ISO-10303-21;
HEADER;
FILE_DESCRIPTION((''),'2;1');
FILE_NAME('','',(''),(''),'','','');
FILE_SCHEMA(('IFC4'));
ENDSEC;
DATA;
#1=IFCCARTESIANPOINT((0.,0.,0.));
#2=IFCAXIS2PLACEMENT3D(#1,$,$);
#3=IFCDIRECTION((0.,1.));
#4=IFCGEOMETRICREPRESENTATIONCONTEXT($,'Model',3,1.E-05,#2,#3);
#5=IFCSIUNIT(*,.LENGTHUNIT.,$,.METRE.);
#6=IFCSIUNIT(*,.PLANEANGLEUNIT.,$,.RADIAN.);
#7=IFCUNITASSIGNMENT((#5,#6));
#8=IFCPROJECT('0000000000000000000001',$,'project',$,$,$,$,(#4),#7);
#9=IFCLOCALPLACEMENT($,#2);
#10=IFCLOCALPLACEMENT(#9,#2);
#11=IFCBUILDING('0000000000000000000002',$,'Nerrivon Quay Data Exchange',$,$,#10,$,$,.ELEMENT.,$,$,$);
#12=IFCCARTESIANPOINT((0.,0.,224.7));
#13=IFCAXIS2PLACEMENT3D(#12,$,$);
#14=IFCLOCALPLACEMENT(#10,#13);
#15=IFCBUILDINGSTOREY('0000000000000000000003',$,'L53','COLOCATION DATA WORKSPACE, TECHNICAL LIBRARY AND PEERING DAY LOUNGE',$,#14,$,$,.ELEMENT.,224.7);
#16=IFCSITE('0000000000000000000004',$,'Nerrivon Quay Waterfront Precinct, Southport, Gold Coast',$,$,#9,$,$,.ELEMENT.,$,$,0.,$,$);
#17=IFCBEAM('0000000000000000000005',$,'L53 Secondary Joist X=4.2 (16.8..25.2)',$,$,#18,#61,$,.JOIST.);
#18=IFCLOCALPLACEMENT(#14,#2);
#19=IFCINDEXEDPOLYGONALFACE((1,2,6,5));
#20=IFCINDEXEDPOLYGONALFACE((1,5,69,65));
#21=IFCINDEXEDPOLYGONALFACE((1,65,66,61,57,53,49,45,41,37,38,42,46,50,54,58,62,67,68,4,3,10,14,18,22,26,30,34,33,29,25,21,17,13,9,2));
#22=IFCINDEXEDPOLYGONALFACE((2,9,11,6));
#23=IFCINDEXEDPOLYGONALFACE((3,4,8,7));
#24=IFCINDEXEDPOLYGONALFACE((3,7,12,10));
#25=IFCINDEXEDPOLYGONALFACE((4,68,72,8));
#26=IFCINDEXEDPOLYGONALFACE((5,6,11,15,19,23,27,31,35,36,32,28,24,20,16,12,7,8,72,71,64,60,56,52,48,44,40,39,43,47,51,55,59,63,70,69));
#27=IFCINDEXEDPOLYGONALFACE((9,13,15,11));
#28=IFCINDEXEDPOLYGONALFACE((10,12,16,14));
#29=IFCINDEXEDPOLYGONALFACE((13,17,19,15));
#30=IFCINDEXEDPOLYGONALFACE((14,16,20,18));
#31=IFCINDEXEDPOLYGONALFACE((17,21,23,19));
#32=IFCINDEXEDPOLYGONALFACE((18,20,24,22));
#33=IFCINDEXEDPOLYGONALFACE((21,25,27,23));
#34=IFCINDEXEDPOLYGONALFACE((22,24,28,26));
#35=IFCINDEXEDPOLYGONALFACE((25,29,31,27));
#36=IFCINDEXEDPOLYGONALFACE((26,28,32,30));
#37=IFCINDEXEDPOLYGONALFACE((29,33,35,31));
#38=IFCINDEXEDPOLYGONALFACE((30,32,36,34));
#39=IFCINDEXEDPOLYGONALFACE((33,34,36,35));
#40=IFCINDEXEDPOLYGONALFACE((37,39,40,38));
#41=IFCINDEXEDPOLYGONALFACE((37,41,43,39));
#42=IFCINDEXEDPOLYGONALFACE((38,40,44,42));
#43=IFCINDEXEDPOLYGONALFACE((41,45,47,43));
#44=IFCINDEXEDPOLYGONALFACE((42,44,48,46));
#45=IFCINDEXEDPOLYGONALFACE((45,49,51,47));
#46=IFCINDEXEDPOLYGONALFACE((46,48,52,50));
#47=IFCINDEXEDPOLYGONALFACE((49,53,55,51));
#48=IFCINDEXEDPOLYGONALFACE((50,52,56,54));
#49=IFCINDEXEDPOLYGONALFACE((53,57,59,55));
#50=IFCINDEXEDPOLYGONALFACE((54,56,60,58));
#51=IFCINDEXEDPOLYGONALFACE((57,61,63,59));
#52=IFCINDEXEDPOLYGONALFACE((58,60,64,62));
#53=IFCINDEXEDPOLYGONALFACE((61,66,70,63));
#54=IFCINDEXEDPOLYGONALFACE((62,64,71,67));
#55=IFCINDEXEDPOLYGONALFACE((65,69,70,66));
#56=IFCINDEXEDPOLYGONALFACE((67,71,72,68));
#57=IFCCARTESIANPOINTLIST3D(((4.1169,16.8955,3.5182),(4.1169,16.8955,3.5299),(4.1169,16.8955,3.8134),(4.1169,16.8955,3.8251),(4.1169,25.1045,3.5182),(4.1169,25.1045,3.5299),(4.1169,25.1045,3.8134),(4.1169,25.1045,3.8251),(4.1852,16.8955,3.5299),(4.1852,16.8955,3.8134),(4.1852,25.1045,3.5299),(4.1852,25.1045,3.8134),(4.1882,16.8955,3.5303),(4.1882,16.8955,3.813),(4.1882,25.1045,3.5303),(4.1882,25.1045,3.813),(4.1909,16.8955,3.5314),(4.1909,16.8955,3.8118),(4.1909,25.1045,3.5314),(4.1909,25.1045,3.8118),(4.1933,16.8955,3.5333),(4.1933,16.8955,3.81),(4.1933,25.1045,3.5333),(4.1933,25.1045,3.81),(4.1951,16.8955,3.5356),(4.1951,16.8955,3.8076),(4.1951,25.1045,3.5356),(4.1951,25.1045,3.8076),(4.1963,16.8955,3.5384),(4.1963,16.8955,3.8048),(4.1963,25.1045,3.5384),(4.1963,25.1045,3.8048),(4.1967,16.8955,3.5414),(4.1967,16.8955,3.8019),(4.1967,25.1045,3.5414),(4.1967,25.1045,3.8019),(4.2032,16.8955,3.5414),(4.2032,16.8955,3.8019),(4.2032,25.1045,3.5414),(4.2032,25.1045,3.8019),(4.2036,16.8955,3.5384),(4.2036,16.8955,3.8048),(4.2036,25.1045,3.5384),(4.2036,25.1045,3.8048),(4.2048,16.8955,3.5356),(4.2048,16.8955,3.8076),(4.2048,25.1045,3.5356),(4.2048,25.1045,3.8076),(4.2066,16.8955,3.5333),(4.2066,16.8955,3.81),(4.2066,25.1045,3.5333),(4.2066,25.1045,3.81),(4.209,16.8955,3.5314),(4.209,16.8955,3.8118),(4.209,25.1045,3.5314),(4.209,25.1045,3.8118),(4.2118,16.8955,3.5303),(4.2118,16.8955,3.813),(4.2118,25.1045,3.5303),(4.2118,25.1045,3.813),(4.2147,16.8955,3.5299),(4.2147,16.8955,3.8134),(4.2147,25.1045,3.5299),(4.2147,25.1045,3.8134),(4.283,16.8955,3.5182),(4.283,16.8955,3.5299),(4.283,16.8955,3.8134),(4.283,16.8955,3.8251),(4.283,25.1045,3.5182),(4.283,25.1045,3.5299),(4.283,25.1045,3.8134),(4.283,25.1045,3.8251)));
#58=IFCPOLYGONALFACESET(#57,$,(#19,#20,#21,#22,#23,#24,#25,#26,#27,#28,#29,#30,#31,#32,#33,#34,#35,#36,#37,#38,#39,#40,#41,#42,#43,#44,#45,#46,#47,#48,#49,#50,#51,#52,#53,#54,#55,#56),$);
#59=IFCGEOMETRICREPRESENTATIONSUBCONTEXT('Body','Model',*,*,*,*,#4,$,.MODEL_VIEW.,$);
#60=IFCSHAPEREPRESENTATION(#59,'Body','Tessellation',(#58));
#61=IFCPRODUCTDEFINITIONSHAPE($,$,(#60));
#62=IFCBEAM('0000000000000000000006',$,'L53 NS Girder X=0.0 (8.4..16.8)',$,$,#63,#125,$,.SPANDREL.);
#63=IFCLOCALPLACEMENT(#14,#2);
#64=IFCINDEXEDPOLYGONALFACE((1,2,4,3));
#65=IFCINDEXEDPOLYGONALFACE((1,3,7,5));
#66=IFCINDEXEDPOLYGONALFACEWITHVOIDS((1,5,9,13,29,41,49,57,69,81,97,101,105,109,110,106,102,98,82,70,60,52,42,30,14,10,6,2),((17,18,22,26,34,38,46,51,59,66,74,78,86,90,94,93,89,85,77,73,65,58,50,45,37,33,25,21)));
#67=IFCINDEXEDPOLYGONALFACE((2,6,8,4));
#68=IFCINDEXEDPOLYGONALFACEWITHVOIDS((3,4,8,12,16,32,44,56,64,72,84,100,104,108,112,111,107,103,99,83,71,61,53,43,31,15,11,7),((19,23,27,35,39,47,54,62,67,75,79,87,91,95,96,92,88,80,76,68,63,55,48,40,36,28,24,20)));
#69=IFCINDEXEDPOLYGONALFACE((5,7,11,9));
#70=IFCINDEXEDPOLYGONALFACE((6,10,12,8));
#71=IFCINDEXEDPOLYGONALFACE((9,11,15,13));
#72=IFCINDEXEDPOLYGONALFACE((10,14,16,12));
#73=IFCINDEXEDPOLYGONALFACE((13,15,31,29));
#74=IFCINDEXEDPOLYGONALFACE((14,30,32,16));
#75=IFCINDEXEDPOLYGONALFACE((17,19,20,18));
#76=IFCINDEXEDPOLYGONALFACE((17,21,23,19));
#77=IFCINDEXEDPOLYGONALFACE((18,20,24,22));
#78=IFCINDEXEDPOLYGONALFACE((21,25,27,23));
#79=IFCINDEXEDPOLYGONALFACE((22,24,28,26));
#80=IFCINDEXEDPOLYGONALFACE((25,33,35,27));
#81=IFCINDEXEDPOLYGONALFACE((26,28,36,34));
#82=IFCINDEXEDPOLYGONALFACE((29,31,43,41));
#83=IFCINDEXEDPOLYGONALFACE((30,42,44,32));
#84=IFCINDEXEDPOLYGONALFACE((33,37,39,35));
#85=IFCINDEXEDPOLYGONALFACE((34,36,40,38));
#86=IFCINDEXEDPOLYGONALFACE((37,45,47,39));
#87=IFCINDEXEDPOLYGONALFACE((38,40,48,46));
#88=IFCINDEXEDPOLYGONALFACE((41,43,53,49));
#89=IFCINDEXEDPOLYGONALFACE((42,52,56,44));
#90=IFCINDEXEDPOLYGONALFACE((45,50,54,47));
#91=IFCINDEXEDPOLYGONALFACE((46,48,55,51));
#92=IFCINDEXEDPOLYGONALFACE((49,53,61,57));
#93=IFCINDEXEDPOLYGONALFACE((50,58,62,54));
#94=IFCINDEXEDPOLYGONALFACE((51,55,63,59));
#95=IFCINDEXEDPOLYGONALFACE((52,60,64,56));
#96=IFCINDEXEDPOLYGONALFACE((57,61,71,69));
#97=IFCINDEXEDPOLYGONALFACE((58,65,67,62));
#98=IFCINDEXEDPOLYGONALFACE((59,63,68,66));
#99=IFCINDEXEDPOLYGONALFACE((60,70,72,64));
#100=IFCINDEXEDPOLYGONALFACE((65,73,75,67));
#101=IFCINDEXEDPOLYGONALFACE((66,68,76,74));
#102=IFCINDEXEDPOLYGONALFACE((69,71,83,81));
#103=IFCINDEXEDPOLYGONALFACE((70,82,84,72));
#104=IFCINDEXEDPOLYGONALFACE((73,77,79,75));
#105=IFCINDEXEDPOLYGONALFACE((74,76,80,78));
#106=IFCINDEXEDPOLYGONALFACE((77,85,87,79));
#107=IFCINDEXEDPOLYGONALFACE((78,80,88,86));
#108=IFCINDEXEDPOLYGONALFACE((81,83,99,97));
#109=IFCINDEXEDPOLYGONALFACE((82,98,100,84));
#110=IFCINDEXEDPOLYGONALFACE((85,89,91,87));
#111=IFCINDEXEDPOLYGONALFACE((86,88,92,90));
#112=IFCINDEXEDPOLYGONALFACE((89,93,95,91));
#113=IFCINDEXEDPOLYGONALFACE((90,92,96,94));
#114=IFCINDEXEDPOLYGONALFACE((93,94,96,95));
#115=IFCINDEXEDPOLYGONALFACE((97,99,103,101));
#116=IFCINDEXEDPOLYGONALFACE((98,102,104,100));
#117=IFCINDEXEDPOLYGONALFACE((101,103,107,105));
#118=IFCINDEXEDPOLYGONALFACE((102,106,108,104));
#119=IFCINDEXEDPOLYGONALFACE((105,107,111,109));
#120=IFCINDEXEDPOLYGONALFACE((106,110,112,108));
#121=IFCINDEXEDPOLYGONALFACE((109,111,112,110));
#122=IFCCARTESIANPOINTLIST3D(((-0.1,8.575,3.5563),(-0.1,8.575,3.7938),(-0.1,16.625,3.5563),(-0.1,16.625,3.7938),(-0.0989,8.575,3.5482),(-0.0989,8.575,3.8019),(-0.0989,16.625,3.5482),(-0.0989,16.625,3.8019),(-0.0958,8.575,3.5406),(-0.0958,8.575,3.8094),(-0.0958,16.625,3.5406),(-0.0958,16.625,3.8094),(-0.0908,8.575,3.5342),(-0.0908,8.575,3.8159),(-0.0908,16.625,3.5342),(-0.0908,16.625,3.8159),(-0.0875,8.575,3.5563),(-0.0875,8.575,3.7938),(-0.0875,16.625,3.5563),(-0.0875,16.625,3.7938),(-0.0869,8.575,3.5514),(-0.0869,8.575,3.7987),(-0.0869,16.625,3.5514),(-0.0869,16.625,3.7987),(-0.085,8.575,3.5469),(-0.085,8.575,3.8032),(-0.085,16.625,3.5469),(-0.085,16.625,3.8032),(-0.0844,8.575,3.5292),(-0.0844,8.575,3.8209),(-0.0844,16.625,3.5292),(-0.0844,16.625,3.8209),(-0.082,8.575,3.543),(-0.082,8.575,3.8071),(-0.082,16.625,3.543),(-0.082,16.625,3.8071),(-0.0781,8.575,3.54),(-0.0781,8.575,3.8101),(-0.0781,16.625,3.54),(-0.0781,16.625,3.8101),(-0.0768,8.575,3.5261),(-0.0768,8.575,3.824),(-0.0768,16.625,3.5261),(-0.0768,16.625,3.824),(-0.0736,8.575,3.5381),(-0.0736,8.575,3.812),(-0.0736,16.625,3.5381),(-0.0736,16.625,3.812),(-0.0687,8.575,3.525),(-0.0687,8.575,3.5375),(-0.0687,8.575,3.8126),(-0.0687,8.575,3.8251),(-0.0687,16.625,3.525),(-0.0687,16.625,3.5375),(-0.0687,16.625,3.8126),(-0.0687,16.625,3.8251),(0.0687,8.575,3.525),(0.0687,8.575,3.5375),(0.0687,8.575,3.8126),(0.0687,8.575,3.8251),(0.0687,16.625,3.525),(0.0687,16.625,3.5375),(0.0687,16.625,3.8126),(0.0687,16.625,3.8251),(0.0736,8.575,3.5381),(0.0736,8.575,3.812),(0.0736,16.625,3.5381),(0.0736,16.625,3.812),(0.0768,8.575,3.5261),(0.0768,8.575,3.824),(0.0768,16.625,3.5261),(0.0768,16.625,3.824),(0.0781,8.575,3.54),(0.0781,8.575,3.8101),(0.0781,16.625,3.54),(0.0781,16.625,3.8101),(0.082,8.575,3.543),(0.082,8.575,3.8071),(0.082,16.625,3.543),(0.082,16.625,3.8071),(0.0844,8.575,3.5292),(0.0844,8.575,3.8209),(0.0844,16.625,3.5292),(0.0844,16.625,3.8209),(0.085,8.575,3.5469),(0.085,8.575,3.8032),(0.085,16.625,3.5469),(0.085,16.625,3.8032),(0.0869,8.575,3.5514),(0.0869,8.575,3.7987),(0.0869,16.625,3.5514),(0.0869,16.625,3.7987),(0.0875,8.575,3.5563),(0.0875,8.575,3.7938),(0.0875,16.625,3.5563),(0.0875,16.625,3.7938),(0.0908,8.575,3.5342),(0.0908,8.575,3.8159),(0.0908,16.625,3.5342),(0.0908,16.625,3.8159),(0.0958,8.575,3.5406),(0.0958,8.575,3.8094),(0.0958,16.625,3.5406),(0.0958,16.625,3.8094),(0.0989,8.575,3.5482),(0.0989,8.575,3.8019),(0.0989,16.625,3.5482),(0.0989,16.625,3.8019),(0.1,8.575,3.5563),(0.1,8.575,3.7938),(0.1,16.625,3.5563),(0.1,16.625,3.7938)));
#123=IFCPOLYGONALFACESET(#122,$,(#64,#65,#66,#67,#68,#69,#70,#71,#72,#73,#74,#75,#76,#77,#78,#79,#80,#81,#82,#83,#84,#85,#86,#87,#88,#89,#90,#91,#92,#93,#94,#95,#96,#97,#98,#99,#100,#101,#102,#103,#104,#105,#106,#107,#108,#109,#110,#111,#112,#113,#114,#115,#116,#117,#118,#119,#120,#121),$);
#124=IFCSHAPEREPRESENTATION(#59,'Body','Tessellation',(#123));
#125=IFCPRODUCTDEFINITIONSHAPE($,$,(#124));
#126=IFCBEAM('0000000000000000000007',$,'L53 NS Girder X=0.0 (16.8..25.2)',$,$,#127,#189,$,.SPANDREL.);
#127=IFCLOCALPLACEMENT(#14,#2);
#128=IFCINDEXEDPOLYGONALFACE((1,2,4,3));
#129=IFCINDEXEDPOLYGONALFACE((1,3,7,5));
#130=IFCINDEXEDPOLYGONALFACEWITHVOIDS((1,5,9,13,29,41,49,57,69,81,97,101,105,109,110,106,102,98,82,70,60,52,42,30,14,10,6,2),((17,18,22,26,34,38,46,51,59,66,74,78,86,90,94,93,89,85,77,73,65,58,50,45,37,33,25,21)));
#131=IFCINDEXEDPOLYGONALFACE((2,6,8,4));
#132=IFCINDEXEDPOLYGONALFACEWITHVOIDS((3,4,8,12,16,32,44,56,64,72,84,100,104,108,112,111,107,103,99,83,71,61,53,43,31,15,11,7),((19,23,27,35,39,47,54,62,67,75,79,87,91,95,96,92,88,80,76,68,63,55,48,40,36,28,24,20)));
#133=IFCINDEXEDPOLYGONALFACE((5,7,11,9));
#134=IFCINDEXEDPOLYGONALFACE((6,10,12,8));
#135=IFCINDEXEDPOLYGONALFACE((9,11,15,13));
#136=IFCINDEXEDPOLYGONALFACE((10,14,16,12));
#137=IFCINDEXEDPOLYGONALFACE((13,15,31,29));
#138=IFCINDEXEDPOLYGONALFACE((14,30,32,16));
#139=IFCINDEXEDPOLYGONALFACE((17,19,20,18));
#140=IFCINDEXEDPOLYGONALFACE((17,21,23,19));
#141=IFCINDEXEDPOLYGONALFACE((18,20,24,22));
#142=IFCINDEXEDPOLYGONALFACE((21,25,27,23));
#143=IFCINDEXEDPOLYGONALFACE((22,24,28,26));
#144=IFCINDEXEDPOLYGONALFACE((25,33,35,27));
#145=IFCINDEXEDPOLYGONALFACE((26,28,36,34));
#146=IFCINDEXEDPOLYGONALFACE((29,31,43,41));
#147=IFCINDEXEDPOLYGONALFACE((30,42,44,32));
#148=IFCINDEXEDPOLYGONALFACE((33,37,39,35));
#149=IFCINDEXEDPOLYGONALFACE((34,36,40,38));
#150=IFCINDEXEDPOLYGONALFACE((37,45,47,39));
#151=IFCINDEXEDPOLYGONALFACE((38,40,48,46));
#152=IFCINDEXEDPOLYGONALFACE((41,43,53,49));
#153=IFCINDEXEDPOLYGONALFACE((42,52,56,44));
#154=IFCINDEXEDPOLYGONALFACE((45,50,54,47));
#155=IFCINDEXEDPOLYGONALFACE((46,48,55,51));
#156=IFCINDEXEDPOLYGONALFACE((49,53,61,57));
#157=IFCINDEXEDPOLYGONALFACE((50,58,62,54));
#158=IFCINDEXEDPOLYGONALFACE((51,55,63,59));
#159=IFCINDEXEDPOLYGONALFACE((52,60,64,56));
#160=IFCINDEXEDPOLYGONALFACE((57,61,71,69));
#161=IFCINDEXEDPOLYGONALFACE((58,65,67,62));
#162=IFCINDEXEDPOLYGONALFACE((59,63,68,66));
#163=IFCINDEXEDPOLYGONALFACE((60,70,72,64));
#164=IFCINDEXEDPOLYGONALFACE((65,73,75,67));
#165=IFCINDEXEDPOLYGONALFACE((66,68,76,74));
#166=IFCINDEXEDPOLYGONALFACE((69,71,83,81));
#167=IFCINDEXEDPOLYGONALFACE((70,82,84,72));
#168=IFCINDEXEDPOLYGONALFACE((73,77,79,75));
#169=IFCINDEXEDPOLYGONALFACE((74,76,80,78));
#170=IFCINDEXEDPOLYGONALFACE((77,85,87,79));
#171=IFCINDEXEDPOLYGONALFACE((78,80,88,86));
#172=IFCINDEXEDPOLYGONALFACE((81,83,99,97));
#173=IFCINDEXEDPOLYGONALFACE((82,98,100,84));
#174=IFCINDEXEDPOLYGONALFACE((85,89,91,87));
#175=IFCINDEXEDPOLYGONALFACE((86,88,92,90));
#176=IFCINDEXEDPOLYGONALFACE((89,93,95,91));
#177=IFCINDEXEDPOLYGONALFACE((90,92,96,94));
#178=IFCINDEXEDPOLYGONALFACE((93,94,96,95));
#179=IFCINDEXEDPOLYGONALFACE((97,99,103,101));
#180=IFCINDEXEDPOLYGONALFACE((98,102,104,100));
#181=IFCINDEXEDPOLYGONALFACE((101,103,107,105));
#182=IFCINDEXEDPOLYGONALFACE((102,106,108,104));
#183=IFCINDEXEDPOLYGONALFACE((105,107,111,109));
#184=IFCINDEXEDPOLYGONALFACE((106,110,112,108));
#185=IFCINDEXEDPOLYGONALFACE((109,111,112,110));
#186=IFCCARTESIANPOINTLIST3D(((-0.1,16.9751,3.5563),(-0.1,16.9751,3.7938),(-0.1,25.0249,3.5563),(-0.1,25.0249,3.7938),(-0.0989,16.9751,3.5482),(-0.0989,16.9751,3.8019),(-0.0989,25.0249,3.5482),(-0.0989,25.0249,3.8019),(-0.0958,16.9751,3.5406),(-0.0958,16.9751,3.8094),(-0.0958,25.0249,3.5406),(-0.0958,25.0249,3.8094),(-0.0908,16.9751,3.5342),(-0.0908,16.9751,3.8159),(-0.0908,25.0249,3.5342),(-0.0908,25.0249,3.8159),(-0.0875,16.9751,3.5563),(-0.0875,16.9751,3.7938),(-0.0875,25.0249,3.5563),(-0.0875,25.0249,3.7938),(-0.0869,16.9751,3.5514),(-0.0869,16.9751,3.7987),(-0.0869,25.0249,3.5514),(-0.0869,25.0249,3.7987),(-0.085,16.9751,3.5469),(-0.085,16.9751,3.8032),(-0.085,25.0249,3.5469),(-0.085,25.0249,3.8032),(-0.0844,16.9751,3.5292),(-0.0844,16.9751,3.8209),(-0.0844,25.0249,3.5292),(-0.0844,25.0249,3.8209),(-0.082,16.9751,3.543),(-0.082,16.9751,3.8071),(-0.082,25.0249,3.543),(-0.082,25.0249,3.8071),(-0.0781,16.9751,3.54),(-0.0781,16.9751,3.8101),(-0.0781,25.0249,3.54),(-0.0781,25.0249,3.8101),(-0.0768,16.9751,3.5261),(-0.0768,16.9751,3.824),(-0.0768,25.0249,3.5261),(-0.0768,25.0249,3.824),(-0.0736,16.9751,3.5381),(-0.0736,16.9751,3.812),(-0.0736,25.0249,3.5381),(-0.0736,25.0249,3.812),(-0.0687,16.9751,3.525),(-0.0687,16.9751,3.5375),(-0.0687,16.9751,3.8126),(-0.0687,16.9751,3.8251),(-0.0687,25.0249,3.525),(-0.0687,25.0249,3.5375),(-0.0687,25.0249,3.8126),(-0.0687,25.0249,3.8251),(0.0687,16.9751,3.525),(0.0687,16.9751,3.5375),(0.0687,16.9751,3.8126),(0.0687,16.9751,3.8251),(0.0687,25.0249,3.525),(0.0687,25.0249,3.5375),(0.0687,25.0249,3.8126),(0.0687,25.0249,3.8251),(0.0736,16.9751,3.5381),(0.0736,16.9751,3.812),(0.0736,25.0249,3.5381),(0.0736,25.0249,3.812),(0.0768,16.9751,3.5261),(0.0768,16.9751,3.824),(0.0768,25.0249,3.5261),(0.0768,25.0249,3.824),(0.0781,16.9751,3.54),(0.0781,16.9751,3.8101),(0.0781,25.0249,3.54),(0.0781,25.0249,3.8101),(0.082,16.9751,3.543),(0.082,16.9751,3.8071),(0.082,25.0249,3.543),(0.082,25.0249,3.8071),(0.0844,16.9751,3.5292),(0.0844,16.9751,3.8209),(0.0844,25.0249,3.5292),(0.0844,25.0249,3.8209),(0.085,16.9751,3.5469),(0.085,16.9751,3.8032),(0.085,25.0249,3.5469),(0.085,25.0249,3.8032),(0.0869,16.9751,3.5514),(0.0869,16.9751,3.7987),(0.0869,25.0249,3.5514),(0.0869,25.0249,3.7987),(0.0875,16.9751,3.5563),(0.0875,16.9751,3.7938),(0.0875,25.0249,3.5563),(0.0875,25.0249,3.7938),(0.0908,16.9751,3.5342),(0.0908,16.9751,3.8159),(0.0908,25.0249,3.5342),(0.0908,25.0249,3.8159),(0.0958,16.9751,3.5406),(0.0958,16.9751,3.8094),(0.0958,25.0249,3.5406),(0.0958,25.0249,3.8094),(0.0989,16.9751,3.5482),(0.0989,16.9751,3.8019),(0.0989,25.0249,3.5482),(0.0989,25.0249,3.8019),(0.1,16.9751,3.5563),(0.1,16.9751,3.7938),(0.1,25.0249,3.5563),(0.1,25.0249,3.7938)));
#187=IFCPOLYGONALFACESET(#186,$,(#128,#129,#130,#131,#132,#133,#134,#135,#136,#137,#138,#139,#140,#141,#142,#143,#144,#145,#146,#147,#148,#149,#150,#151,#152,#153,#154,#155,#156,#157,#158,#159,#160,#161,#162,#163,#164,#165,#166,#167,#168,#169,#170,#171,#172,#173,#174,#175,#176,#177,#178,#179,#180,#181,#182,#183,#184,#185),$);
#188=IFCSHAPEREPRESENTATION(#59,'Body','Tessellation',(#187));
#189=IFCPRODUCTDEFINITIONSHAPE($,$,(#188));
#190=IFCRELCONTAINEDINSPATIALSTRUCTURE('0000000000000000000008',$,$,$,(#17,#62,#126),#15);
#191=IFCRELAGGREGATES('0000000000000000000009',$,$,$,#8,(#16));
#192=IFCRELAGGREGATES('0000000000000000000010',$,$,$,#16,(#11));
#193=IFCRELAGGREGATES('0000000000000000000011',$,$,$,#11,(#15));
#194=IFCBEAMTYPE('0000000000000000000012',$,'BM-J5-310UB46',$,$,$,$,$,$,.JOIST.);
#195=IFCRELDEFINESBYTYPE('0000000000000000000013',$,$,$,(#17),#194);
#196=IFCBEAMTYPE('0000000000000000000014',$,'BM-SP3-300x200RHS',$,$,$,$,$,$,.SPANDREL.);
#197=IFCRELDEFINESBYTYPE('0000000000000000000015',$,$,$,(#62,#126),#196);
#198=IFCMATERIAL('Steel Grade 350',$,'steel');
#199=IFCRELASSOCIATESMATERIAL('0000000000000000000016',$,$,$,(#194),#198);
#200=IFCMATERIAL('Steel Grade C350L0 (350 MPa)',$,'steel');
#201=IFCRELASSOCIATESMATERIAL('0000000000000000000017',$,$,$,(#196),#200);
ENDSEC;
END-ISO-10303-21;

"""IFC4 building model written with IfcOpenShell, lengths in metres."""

from ifc_helpers import new_model, si_unit, direction, frame, origin, origin_2d, place, context, subcontext, project, spatial, hollow_rectangle, i_section, extrude, material, material_profile, profile_set, type_object, element, save


model = new_model("IFC4")

# Units and contexts
model_context = context("Model", 3, precision=1e-05, world=origin(), true_north=direction((0.0, 1.0)))
body_context = subcontext(model_context, "Body", "Model", "MODEL_VIEW")
ifc_project = project(units=[si_unit("LENGTHUNIT", "METRE"), si_unit("PLANEANGLEUNIT", "RADIAN")], contexts=[model_context])

# Site, building, storey
site_placement = place(None, origin())
site = spatial("IfcSite", under=ifc_project, at=site_placement, Name="Nerrivon Quay Waterfront Precinct, Southport, Gold Coast", CompositionType="ELEMENT", RefElevation=0.0)
building_placement = place(site_placement, origin())
building = spatial("IfcBuilding", under=site, at=building_placement, Name="Nerrivon Quay Data Exchange", CompositionType="ELEMENT")
storey_placement = place(building_placement, frame((0.0, 0.0, 224.7)))
storey = spatial("IfcBuildingStorey", under=building, at=storey_placement, Name="L53", Description="COLOCATION DATA WORKSPACE, TECHNICAL LIBRARY AND PEERING DAY LOUNGE", CompositionType="ELEMENT", Elevation=224.7)

# Shared definitions
ifc_material_1 = material(Name="Steel Grade 350", Category="steel")

# Beams
ifc_material_profile_1 = material_profile(ifc_material_1, i_section(OverallWidth=0.166, OverallDepth=0.3069, WebThickness=0.0066, FlangeThickness=0.0117, FilletRadius=0.0115, at=origin_2d()), Name="310UB46.2")
ifc_profile_set_1 = profile_set([ifc_material_profile_1], Name="Steel Grade 350")
beam_type_1 = type_object("IfcBeamType", Name="BM-J5-310UB46", PredefinedType="JOIST", material=ifc_profile_set_1)
for number, where, z_axis, x_axis, name in (
    (1, (4.2, 16.8955, 3.6716), (0.0, 1.0, 0.0), (-1.0, 0.0, 0.0), "L53 Secondary Joist X=4.2 (16.8..25.2)"),
):
    element("IfcBeam", number, at=place(storey_placement, frame(where, z_axis=z_axis, x_axis=x_axis)), inside=storey, type_object=beam_type_1, Name=name, PredefinedType="JOIST", context=body_context, shape_type="SweptSolid", body=[
        extrude(i_section(OverallWidth=0.166, OverallDepth=0.3069, WebThickness=0.0066, FlangeThickness=0.0117, FilletRadius=0.0115, at=origin_2d()), origin(), (0.0, 0.0, 1.0), 8.209),
    ])
ifc_material_2 = material(Name="Steel Grade C350L0 (350 MPa)", Category="steel")
ifc_material_profile_2 = material_profile(ifc_material_2, hollow_rectangle(XDim=0.2, YDim=0.3, WallThickness=0.0125, InnerFilletRadius=0.0188, OuterFilletRadius=0.0312, at=origin_2d()), Name="300x200x12.5RHS")
ifc_profile_set_2 = profile_set([ifc_material_profile_2], Name="Steel Grade C350L0 (350 MPa)")
beam_type_2 = type_object("IfcBeamType", Name="BM-SP3-300x200RHS", PredefinedType="SPANDREL", material=ifc_profile_set_2)
beam_1_placement = place(storey_placement, frame((0.0, 8.575, 3.675), z_axis=(0.0, 1.0, 0.0), x_axis=(-1.0, 0.0, 0.0)))
element("IfcBeam", 2, at=beam_1_placement, inside=storey, type_object=beam_type_2, Name="L53 NS Girder X=0.0 (8.4..16.8)", PredefinedType="SPANDREL", context=body_context, shape_type="SweptSolid", body=[
    extrude(hollow_rectangle(XDim=0.2, YDim=0.3, WallThickness=0.0125, InnerFilletRadius=0.0188, OuterFilletRadius=0.0312, at=origin_2d()), origin(), (0.0, 0.0, 1.0), 8.05),
])
beam_2_placement = place(storey_placement, frame((0.0, 16.9751, 3.675), z_axis=(0.0, 1.0, 0.0), x_axis=(-1.0, 0.0, 0.0)))
element("IfcBeam", 3, at=beam_2_placement, inside=storey, type_object=beam_type_2, Name="L53 NS Girder X=0.0 (16.8..25.2)", PredefinedType="SPANDREL", context=body_context, shape_type="SweptSolid", body=[
    extrude(hollow_rectangle(XDim=0.2, YDim=0.3, WallThickness=0.0125, InnerFilletRadius=0.0188, OuterFilletRadius=0.0312, at=origin_2d()), origin(), (0.0, 0.0, 1.0), 8.0498),
])

save(model, "model.ifc")
